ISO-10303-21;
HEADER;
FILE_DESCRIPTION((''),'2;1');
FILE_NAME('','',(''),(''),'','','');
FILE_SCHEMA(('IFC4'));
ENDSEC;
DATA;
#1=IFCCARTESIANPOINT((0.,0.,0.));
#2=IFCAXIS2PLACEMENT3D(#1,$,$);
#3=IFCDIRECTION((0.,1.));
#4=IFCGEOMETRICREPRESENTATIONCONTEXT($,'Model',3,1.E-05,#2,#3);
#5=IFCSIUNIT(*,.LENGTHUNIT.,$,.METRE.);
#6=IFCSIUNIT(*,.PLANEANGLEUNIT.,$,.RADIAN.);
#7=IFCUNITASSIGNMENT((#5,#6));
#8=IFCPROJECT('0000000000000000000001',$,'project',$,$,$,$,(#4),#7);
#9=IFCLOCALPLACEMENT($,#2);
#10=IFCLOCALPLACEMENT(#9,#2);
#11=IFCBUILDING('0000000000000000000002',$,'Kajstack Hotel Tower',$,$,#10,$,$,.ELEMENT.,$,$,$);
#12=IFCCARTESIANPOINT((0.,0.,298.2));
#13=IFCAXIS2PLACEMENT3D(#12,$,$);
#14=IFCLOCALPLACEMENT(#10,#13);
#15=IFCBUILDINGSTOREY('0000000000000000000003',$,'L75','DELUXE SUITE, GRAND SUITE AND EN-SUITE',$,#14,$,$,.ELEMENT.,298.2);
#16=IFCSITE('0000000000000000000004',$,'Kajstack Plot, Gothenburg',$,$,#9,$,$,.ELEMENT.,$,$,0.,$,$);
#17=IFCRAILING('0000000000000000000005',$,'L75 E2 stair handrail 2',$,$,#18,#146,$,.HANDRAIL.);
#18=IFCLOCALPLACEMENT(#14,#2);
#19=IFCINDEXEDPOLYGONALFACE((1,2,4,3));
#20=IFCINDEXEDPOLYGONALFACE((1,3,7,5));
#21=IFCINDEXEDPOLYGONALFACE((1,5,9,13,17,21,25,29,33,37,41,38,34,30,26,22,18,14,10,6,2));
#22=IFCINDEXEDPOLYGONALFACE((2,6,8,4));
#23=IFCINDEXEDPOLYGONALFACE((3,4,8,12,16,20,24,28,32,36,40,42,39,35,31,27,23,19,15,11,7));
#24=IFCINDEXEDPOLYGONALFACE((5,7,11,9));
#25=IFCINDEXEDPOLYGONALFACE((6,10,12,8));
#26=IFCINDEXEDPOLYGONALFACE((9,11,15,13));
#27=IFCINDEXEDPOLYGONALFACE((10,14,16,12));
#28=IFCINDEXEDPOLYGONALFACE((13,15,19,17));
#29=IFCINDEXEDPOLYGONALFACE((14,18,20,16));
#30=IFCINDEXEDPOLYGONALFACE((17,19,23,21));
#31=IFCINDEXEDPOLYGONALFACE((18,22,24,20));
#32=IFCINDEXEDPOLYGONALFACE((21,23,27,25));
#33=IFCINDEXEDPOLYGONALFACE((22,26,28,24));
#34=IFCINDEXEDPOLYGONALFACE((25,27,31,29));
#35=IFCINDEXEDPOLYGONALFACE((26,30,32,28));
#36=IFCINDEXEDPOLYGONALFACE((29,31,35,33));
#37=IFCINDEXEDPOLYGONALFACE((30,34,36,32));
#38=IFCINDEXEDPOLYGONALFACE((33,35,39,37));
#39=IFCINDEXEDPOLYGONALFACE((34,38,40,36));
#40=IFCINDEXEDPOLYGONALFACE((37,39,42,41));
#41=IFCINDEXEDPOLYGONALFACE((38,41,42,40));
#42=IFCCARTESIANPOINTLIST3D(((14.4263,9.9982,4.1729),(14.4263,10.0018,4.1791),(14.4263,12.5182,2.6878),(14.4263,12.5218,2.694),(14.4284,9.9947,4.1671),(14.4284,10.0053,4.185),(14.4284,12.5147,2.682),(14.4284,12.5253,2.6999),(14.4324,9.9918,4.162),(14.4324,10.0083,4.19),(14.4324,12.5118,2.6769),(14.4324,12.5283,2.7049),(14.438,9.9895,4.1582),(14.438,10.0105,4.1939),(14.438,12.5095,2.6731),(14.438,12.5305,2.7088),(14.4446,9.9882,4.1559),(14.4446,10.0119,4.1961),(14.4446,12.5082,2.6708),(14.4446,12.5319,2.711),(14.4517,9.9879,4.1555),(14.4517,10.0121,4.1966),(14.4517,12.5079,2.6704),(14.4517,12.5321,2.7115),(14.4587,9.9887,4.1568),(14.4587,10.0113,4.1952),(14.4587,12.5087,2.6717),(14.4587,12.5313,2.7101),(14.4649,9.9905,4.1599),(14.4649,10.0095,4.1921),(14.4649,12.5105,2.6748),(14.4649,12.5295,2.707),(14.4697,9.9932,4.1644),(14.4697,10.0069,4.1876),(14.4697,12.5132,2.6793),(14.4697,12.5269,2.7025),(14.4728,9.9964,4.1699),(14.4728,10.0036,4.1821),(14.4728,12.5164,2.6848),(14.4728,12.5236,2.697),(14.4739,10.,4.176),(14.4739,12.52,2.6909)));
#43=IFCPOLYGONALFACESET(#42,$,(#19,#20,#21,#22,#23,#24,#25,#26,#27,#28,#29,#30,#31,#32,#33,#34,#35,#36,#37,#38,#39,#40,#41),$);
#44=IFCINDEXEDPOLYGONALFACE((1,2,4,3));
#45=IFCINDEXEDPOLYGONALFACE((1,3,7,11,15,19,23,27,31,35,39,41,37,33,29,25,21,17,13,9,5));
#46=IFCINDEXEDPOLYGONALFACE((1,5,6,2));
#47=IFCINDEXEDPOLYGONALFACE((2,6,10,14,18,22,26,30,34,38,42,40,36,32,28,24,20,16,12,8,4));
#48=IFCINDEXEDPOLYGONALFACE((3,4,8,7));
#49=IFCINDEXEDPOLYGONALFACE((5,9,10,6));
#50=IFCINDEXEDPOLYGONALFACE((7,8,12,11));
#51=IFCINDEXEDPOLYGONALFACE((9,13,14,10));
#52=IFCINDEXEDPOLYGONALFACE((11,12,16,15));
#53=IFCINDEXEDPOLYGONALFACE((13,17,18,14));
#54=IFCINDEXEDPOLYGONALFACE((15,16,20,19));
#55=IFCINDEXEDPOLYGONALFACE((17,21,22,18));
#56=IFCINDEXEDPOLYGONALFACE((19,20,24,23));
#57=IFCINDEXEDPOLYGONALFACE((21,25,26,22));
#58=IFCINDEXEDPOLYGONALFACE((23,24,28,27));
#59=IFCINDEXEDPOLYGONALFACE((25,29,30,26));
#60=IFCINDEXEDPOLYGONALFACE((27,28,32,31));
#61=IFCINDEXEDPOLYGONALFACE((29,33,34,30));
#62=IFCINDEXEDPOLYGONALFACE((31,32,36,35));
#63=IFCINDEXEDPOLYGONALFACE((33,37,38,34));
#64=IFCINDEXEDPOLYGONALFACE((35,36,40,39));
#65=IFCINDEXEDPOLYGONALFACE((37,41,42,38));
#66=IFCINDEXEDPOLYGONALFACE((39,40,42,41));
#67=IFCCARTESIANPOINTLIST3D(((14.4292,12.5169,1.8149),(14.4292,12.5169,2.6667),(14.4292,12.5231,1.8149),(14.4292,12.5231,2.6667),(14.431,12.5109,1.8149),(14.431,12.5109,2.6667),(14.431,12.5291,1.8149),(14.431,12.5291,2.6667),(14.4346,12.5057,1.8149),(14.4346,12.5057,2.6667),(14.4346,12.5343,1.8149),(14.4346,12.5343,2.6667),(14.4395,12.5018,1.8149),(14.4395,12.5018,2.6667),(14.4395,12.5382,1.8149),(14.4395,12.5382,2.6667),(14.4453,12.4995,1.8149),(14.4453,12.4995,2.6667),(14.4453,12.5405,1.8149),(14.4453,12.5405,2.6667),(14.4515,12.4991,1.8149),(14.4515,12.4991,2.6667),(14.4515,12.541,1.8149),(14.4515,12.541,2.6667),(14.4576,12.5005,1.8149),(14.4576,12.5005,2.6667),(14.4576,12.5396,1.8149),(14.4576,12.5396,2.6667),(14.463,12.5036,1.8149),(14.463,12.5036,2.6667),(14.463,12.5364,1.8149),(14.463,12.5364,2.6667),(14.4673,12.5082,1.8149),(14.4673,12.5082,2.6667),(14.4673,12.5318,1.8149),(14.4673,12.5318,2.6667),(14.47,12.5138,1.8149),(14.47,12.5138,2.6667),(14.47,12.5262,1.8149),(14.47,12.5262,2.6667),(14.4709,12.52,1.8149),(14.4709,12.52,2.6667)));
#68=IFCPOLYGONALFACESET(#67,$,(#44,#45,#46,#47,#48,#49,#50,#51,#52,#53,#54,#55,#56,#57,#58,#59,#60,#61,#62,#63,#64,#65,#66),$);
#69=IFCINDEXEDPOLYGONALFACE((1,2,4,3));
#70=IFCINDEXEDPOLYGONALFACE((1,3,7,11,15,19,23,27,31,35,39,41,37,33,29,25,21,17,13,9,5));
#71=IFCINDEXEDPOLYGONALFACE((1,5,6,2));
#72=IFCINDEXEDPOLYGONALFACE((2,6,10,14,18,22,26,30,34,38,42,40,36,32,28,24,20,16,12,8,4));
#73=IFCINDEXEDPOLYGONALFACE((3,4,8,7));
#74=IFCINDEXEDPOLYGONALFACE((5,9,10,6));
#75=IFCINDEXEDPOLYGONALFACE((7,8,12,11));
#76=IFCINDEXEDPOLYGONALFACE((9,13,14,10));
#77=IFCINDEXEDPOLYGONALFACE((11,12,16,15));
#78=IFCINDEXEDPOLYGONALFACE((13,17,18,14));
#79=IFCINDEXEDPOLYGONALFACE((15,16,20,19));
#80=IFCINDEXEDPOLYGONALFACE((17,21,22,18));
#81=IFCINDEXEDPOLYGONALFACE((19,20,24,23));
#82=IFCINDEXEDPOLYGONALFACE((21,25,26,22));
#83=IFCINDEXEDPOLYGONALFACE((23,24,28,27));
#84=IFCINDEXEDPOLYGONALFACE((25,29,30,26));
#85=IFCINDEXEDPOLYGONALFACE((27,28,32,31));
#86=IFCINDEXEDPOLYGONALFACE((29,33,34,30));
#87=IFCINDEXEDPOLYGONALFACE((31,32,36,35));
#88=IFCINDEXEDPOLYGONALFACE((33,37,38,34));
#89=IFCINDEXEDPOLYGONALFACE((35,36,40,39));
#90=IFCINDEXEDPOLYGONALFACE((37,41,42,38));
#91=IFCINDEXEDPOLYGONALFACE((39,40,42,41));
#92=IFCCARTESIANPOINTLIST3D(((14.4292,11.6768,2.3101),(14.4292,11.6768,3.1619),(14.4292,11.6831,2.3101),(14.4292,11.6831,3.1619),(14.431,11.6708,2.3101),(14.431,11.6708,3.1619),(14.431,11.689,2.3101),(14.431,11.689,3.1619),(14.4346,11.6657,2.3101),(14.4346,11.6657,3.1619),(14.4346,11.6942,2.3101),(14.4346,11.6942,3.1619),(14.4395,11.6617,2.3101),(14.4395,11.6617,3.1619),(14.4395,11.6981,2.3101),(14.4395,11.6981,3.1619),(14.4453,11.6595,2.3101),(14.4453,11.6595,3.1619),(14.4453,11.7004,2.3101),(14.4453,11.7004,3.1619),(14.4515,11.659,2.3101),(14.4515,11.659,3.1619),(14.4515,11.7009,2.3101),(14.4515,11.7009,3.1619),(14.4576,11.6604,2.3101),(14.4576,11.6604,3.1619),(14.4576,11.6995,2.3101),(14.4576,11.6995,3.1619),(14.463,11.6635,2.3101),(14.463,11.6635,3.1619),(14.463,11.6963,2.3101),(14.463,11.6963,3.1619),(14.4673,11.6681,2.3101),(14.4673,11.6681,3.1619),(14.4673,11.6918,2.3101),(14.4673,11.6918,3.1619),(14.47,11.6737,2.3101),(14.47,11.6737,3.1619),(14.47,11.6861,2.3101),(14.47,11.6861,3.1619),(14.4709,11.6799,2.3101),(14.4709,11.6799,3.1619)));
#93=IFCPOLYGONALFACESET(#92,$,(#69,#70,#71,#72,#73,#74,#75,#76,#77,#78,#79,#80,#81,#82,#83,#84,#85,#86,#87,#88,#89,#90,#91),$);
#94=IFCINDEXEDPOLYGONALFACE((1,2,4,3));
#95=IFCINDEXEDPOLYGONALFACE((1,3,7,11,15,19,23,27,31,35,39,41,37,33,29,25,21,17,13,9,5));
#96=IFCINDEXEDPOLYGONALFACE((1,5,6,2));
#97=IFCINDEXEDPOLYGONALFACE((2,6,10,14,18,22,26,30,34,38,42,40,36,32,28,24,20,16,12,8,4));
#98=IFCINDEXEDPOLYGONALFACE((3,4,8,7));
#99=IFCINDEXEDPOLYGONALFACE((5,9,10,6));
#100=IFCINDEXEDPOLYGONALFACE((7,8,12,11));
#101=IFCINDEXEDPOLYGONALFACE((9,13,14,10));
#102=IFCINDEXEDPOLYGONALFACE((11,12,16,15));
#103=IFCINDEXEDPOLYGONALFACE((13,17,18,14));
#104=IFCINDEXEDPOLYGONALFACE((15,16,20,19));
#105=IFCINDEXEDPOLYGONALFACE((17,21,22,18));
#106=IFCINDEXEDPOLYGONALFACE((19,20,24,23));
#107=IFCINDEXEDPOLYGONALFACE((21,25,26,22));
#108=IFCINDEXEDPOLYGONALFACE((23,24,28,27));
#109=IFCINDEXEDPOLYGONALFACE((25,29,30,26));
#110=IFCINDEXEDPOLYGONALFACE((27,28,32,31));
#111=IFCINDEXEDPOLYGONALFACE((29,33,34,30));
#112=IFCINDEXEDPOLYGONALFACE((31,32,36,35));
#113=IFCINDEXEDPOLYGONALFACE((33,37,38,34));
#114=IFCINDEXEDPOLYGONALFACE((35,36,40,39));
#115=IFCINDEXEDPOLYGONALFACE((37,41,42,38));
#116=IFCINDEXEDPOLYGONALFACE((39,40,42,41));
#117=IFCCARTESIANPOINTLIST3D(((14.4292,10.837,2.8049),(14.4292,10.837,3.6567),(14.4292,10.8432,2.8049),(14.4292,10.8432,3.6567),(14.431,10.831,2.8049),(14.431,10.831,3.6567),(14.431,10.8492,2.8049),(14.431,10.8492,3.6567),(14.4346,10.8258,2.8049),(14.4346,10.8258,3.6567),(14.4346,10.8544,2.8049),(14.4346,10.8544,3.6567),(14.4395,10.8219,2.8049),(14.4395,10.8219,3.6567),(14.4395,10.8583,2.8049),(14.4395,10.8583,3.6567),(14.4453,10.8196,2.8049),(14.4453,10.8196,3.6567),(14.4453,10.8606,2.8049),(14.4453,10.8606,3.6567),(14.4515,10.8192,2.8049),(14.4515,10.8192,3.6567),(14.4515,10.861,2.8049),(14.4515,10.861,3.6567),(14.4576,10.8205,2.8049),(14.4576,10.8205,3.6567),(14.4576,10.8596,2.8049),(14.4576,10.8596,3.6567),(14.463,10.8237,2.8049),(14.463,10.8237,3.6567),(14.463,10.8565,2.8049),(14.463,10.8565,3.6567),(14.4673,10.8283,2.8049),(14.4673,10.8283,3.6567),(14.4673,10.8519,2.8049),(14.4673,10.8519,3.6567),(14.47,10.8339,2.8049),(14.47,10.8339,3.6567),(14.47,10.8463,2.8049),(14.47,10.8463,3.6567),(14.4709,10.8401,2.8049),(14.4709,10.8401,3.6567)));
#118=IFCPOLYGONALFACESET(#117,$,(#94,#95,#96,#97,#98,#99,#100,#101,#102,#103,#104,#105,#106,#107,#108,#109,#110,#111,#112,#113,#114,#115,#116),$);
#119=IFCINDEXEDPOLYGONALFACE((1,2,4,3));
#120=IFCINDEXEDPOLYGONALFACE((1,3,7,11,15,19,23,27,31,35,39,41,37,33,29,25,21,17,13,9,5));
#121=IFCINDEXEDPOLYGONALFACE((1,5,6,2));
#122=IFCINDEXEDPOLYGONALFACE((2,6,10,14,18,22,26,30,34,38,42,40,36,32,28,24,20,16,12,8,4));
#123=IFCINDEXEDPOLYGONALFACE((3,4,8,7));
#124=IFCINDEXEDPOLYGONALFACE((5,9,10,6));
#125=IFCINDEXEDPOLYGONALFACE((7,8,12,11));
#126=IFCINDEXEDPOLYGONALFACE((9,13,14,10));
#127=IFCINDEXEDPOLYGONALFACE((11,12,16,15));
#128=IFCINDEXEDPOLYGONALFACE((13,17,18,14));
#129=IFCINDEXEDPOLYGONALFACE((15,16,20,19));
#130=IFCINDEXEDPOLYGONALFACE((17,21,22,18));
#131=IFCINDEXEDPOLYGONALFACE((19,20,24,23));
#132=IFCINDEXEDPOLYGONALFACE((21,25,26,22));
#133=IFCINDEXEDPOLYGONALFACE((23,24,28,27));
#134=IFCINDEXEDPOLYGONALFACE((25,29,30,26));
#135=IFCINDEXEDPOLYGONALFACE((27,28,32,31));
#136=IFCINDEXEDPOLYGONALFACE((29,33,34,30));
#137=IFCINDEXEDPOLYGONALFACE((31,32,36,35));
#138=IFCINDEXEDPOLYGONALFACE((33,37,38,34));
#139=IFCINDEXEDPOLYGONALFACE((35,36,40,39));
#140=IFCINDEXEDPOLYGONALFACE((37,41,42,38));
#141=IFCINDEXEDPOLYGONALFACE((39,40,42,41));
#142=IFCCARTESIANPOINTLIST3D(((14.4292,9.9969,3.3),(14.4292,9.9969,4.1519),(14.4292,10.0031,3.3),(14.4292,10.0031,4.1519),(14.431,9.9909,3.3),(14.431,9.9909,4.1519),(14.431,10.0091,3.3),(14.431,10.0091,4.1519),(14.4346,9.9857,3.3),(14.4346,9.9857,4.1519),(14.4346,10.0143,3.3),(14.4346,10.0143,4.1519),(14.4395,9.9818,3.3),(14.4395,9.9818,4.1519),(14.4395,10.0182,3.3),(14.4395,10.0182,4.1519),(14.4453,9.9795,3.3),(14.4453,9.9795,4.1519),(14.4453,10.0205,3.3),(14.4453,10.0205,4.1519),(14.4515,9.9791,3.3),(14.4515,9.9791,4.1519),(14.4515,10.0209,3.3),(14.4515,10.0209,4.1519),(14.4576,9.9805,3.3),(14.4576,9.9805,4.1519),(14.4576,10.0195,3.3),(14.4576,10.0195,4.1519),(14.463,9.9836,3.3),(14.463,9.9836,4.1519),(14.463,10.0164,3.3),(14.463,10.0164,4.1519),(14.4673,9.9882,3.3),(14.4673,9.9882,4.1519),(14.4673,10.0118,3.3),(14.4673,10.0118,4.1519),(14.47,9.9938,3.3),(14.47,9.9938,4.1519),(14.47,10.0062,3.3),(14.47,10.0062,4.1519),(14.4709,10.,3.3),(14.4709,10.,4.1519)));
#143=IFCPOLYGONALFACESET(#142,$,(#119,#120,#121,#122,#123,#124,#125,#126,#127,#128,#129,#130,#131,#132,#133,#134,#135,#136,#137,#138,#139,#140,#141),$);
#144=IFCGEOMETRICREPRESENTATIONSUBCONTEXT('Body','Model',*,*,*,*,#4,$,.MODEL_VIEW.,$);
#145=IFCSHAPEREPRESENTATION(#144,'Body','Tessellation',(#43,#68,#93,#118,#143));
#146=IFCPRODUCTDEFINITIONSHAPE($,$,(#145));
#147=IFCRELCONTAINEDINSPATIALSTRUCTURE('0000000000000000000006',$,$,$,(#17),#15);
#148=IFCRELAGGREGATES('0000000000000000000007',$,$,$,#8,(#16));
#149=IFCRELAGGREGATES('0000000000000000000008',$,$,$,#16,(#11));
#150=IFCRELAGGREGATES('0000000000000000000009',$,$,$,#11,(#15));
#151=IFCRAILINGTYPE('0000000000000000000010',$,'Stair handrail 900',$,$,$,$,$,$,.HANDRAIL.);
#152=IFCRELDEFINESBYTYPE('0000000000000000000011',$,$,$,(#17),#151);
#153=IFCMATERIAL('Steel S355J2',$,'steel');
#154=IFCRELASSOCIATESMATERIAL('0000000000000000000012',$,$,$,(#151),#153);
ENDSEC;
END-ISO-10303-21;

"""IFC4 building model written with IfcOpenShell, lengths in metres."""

from ifc_helpers import new_model, si_unit, direction, frame, origin, origin_2d, place, context, subcontext, project, spatial, circle, extrude, material, type_object, element, save


model = new_model("IFC4")

# Units and contexts
model_context = context("Model", 3, precision=1e-05, world=origin(), true_north=direction((0.0, 1.0)))
body_context = subcontext(model_context, "Body", "Model", "MODEL_VIEW")
ifc_project = project(units=[si_unit("LENGTHUNIT", "METRE"), si_unit("PLANEANGLEUNIT", "RADIAN")], contexts=[model_context])

# Site, building, storey
site_placement = place(None, origin())
site = spatial("IfcSite", under=ifc_project, at=site_placement, Name="Kajstack Plot, Gothenburg", CompositionType="ELEMENT", RefElevation=0.0)
building_placement = place(site_placement, origin())
building = spatial("IfcBuilding", under=site, at=building_placement, Name="Kajstack Hotel Tower", CompositionType="ELEMENT")
storey_placement = place(building_placement, frame((0.0, 0.0, 298.2)))
storey = spatial("IfcBuildingStorey", under=building, at=storey_placement, Name="L75", Description="DELUXE SUITE, GRAND SUITE AND EN-SUITE", CompositionType="ELEMENT", Elevation=298.2)

# Railing
ifc_material_1 = material(Name="Steel S355J2", Category="steel")
railing_type_1 = type_object("IfcRailingType", Name="Stair handrail 900", PredefinedType="HANDRAIL", material=ifc_material_1)
railing_1_placement = place(storey_placement, frame((14.45, 12.52, 1.8149)))
element("IfcRailing", 1, at=railing_1_placement, inside=storey, type_object=railing_type_1, Name="L75 E2 stair handrail 2", PredefinedType="HANDRAIL", context=body_context, shape_type="SweptSolid", body=[
    extrude(circle(Radius=0.0239, at=origin_2d()), frame((0.0, 0.0, 0.876), z_axis=(0.0, -0.861524, 0.507717), x_axis=(1.0, 0.0, 0.0)), (0.0, 0.0, 1.0), 2.925),
    extrude(circle(Radius=0.021, at=origin_2d()), origin(), (0.0, 0.0, 1.0), 0.8518),
    extrude(circle(Radius=0.021, at=origin_2d()), frame((0.0, -0.8401, 0.4951)), (0.0, 0.0, 1.0), 0.8518),
    extrude(circle(Radius=0.021, at=origin_2d()), frame((0.0, -1.6799, 0.99)), (0.0, 0.0, 1.0), 0.8518),
    extrude(circle(Radius=0.021, at=origin_2d()), frame((0.0, -2.52, 1.4851)), (0.0, 0.0, 1.0), 0.8518),
])

save(model, "model.ifc")
